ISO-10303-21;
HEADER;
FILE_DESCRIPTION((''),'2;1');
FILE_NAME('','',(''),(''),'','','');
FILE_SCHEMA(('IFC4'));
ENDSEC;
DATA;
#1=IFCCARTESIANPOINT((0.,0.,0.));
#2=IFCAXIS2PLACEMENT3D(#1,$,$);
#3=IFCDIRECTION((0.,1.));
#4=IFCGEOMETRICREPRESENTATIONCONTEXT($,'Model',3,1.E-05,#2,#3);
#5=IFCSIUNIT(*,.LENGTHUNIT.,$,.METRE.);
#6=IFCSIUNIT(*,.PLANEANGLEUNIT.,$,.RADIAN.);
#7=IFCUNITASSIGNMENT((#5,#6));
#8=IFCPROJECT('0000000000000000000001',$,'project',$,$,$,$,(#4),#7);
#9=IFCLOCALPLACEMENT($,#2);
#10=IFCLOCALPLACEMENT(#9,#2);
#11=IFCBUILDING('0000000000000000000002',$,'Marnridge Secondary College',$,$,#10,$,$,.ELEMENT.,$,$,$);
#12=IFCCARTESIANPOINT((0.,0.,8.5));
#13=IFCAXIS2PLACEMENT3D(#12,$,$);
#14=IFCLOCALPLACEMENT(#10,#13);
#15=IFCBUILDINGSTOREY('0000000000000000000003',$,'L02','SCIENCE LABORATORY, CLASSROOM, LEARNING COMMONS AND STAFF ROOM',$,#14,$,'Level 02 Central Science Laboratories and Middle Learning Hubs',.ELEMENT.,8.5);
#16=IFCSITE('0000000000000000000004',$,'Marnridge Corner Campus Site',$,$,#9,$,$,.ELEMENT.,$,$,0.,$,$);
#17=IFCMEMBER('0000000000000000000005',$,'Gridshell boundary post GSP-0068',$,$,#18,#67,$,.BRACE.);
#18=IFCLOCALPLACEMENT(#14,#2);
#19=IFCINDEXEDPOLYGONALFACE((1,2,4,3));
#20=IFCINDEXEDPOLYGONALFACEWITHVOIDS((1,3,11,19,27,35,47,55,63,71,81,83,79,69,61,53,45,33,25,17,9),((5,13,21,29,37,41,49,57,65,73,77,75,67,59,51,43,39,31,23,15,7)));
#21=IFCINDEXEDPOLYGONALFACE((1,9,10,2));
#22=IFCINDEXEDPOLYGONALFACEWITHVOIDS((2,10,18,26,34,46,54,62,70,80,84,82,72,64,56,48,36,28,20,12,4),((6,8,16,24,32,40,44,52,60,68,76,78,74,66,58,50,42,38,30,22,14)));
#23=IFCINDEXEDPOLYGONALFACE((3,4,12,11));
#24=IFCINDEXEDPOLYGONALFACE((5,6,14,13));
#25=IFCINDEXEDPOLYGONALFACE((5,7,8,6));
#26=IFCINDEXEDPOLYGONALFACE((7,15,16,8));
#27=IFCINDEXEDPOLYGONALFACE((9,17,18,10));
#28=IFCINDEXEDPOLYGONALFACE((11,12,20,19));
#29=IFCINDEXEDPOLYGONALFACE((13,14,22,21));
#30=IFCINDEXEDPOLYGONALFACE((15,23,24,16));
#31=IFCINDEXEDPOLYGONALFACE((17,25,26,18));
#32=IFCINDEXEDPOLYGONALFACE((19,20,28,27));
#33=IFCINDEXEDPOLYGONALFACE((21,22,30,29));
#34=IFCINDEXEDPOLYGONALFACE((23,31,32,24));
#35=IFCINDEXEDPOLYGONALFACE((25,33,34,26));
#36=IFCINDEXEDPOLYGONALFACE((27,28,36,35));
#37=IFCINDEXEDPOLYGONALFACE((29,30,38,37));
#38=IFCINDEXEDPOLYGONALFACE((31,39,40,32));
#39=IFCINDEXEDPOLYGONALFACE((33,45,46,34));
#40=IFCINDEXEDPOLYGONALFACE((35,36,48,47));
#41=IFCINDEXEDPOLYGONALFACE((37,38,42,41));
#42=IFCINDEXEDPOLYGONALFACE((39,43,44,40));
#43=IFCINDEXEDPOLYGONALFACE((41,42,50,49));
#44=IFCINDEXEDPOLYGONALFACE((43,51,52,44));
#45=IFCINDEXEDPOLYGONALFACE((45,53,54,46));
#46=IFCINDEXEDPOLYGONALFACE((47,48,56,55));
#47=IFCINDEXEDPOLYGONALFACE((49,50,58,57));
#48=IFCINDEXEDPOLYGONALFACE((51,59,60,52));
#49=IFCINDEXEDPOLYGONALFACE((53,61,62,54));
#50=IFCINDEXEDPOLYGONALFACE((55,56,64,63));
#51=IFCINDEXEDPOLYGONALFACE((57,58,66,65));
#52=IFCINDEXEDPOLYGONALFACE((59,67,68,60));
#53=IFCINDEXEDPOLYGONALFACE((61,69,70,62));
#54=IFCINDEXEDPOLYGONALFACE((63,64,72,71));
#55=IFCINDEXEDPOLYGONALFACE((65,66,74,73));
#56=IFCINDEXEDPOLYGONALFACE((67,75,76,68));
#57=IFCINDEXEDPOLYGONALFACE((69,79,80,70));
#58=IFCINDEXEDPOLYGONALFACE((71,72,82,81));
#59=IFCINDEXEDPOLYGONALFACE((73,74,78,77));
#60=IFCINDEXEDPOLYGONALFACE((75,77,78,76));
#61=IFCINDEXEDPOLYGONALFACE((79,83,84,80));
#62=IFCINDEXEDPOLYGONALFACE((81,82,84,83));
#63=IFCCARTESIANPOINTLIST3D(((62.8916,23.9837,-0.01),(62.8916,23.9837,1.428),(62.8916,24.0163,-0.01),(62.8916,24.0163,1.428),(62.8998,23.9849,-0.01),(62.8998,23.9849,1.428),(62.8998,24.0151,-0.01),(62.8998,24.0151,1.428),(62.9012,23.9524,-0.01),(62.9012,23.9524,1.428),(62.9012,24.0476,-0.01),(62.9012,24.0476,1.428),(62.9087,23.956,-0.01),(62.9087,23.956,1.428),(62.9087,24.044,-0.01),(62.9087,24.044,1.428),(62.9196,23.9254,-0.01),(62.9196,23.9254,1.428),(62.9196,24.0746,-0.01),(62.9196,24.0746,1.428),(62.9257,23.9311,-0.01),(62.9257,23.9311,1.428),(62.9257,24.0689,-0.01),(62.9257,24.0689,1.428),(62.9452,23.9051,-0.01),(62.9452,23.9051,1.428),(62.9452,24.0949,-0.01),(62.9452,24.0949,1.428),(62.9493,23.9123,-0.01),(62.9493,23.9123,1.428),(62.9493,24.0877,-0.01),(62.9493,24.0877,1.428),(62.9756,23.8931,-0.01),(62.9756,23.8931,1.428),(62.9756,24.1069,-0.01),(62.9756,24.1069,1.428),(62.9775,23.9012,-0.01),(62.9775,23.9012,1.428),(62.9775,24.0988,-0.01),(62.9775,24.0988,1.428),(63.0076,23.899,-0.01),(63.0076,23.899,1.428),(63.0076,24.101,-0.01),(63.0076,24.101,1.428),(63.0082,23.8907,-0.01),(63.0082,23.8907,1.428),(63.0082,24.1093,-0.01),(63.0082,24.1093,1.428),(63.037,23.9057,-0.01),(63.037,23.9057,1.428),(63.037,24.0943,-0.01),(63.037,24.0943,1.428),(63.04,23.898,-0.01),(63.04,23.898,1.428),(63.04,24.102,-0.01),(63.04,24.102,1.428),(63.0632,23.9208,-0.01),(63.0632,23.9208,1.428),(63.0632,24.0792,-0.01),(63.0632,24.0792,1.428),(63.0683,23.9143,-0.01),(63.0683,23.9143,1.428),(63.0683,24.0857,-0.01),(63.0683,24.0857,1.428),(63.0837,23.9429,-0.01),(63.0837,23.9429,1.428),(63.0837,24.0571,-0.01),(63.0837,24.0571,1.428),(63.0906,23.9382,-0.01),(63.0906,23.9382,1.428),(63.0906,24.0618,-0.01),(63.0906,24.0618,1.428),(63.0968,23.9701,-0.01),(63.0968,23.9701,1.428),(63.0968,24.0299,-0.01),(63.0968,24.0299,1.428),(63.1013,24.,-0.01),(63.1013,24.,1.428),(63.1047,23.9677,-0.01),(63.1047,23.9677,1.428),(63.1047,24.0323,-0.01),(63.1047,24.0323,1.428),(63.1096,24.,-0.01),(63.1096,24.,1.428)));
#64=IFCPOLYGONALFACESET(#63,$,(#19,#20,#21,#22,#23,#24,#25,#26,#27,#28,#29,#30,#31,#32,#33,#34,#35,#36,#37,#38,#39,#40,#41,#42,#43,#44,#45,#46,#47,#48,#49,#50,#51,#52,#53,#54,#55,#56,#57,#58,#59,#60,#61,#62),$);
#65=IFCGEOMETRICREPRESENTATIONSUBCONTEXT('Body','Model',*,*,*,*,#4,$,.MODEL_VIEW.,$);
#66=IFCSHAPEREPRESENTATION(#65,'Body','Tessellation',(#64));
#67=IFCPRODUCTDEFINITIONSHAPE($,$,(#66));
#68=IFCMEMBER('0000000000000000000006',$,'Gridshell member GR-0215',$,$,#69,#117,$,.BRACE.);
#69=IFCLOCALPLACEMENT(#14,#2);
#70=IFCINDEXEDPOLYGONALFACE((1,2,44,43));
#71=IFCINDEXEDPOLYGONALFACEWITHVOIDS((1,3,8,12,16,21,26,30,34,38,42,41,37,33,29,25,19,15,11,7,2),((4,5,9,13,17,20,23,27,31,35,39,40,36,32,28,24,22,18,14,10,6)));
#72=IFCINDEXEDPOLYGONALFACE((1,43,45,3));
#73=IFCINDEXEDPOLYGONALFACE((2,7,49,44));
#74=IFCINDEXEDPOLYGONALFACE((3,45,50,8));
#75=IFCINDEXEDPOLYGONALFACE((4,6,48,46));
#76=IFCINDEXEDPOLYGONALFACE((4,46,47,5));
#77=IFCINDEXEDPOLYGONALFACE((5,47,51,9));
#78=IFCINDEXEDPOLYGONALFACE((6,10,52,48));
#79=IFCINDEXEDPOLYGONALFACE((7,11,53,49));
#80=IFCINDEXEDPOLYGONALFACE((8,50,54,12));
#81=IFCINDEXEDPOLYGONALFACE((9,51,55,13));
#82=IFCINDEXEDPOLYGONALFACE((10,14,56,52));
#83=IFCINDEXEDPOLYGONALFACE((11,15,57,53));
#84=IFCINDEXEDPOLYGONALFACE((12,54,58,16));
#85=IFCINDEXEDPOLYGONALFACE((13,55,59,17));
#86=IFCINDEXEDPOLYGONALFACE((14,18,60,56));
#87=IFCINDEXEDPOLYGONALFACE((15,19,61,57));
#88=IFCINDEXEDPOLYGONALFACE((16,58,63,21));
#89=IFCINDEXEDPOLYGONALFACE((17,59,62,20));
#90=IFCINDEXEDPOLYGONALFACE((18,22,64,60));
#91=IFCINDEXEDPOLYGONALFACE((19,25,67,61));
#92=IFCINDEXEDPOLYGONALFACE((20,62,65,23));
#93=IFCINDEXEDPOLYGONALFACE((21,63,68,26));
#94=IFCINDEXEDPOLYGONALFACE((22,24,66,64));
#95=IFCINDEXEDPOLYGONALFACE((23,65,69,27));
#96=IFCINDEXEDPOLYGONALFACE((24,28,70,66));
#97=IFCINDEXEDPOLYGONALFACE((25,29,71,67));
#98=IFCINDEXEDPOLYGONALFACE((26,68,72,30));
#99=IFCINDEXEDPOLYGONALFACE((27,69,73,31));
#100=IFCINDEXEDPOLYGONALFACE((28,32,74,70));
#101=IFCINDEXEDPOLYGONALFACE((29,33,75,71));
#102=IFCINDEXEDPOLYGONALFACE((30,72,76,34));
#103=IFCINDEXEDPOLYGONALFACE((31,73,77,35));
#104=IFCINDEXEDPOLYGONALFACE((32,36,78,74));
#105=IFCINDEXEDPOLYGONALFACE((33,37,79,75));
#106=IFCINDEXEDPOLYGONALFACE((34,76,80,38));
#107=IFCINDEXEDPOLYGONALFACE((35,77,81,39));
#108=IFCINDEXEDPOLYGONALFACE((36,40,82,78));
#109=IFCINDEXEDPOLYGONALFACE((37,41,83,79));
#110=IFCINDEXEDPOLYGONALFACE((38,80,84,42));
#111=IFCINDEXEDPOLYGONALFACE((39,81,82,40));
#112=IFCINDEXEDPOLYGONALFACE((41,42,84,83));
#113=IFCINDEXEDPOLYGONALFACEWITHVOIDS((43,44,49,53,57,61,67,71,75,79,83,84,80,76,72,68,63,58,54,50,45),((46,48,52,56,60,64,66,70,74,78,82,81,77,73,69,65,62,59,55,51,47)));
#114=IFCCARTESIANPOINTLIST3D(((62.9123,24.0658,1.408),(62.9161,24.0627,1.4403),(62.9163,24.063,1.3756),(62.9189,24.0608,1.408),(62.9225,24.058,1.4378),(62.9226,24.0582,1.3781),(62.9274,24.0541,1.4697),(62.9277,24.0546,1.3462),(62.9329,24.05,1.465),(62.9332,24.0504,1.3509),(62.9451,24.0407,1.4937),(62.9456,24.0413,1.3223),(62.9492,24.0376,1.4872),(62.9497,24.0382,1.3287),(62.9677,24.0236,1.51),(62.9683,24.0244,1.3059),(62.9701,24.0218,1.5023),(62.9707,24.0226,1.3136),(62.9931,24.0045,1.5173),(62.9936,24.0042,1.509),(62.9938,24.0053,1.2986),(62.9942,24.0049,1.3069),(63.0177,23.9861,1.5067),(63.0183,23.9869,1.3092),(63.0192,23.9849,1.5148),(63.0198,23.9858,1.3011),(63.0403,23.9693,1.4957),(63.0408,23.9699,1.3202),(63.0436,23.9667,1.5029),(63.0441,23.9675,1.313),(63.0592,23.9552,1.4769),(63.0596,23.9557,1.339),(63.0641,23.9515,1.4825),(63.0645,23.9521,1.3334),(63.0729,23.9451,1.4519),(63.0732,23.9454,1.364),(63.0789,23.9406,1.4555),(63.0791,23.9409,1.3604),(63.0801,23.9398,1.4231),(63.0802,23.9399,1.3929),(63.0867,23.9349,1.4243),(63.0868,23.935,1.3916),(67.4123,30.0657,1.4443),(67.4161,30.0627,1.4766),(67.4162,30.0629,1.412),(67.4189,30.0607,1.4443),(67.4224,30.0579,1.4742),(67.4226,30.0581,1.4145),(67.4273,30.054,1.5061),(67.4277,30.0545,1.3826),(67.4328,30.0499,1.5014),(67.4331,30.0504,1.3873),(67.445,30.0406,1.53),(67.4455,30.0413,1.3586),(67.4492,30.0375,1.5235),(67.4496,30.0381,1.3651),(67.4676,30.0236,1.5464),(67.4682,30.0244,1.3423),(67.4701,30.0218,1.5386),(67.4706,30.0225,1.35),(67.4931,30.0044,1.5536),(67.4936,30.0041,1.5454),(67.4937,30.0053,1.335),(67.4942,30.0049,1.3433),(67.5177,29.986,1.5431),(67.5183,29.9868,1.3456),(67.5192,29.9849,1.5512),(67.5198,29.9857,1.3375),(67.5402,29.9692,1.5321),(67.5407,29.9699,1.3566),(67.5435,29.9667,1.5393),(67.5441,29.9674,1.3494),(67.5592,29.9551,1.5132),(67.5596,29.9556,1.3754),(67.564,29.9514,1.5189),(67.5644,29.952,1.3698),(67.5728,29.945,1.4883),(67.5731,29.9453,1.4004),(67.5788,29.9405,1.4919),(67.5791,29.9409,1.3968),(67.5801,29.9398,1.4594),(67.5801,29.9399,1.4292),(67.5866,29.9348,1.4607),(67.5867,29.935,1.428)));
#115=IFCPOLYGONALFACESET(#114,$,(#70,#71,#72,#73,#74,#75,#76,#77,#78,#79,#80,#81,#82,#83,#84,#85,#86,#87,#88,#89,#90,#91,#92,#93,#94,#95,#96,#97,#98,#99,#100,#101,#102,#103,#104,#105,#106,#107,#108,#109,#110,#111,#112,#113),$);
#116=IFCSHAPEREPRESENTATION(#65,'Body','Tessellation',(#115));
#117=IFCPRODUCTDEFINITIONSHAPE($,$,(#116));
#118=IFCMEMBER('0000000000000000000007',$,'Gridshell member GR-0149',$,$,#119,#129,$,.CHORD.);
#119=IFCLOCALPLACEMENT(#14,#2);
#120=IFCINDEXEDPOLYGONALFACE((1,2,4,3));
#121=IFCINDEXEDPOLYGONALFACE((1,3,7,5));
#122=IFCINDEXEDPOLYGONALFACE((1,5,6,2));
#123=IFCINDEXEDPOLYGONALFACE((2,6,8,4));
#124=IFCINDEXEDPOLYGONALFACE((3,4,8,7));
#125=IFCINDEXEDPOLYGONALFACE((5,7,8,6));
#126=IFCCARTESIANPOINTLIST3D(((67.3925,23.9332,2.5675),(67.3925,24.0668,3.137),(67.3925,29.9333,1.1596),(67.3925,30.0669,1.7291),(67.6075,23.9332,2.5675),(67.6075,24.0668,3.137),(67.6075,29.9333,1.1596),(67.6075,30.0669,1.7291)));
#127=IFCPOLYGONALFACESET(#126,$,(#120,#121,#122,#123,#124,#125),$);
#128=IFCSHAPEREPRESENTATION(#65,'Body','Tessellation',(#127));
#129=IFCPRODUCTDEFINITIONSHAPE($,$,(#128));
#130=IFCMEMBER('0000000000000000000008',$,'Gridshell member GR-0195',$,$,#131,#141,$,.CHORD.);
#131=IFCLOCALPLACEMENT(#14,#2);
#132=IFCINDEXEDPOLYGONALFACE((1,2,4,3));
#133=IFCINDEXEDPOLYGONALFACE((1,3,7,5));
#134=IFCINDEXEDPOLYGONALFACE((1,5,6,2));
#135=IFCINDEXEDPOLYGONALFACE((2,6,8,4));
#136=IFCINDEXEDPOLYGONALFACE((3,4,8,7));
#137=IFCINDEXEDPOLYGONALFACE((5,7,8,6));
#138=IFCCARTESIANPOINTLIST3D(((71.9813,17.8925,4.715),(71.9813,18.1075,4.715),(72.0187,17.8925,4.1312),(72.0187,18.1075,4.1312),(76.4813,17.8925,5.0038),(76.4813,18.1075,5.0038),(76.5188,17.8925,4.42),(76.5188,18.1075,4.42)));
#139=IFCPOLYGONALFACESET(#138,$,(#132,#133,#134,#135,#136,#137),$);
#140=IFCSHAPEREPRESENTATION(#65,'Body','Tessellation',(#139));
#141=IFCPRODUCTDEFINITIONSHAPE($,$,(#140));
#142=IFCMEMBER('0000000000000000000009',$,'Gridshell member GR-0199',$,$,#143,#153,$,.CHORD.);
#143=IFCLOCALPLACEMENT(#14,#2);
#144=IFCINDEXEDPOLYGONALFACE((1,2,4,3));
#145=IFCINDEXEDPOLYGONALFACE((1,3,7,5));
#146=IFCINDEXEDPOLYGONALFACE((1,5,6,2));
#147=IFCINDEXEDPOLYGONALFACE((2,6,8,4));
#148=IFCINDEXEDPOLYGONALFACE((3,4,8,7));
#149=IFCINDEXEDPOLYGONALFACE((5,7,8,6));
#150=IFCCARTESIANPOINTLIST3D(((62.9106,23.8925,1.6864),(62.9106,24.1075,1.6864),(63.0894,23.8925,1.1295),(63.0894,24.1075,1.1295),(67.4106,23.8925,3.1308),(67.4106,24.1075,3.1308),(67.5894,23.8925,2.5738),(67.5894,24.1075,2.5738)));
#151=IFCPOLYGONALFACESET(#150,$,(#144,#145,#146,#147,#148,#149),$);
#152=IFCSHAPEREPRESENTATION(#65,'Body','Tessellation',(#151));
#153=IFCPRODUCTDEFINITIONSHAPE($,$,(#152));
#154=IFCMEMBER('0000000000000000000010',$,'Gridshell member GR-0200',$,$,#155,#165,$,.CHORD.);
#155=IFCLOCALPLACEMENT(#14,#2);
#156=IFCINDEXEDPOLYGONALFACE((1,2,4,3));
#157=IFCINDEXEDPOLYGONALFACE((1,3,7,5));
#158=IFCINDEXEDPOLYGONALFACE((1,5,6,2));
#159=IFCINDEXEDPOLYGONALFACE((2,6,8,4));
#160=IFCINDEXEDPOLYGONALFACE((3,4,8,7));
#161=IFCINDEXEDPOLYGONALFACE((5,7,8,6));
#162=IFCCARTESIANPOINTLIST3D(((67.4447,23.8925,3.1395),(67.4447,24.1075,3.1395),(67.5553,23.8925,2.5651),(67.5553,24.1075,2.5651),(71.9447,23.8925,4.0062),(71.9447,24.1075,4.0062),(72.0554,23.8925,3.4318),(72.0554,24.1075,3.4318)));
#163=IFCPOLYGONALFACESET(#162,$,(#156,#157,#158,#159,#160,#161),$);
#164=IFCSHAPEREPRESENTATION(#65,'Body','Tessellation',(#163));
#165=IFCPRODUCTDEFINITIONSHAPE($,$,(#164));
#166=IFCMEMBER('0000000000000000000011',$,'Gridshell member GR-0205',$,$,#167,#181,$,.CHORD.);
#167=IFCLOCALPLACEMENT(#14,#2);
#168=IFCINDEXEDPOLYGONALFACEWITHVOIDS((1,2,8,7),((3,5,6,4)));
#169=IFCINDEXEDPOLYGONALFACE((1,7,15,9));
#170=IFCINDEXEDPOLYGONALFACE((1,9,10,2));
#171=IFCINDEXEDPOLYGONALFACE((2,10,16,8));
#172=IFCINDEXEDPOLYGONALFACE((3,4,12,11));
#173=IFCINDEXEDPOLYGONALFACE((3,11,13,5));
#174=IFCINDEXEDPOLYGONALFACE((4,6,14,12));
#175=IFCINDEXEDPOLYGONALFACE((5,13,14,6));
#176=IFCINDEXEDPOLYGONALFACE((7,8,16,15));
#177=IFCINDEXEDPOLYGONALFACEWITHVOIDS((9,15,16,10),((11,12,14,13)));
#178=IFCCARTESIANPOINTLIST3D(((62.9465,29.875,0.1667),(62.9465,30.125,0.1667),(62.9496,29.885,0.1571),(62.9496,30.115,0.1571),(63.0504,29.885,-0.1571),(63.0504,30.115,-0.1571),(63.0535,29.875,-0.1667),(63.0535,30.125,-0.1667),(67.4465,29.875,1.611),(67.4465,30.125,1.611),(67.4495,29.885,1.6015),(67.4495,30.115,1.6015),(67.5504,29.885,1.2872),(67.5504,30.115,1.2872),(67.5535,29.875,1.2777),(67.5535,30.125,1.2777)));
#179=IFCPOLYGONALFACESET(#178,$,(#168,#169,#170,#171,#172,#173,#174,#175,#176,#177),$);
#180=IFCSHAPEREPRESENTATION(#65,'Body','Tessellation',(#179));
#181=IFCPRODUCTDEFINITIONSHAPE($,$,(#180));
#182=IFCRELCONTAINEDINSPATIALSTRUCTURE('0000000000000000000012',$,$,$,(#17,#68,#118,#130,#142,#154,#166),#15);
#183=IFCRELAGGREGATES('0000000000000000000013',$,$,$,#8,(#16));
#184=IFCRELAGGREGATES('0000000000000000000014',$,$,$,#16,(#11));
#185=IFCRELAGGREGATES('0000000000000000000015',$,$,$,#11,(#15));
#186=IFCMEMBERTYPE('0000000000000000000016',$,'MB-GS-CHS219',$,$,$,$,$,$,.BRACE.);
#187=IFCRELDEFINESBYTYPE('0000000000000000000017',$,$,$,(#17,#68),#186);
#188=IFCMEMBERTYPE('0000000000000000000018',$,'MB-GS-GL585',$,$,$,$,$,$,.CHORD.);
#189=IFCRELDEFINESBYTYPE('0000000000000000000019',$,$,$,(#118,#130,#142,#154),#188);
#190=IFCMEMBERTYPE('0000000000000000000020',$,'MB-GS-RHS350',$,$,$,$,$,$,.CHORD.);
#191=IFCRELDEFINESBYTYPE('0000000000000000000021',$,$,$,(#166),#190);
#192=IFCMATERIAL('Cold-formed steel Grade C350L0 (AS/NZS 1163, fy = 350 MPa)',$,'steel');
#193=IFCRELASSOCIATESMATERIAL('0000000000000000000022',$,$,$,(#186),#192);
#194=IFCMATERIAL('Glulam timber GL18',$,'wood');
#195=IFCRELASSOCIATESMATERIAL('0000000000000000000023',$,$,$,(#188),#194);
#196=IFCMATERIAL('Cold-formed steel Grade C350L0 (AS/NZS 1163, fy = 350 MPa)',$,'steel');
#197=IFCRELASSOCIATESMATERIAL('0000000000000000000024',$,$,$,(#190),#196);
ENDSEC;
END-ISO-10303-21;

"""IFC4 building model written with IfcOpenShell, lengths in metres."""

from ifc_helpers import new_model, si_unit, direction, frame, origin, origin_2d, place, context, subcontext, project, spatial, rectangle, hollow_rectangle, hollow_circle, extrude, material, material_profile, profile_set, type_object, element, save


model = new_model("IFC4")

# Units and contexts
model_context = context("Model", 3, precision=1e-05, world=origin(), true_north=direction((0.0, 1.0)))
body_context = subcontext(model_context, "Body", "Model", "MODEL_VIEW")
ifc_project = project(units=[si_unit("LENGTHUNIT", "METRE"), si_unit("PLANEANGLEUNIT", "RADIAN")], contexts=[model_context])

# Site, building, storey
site_placement = place(None, origin())
site = spatial("IfcSite", under=ifc_project, at=site_placement, Name="Marnridge Corner Campus Site", CompositionType="ELEMENT", RefElevation=0.0)
building_placement = place(site_placement, origin())
building = spatial("IfcBuilding", under=site, at=building_placement, Name="Marnridge Secondary College", CompositionType="ELEMENT")
storey_placement = place(building_placement, frame((0.0, 0.0, 8.5)))
storey = spatial("IfcBuildingStorey", under=building, at=storey_placement, Name="L02", Description="SCIENCE LABORATORY, CLASSROOM, LEARNING COMMONS AND STAFF ROOM", LongName="Level 02 Central Science Laboratories and Middle Learning Hubs", CompositionType="ELEMENT", Elevation=8.5)

# Members
ifc_material_1 = material(Name="Cold-formed steel Grade C350L0 (AS/NZS 1163, fy = 350 MPa)", Category="steel")
ifc_material_profile_1 = material_profile(ifc_material_1, hollow_circle(Radius=0.1096, WallThickness=0.0083, at=origin_2d()), Name="219.1x8.2CHS")
ifc_profile_set_1 = profile_set([ifc_material_profile_1], Name="Cold-formed steel Grade C350L0 (AS/NZS 1163, fy = 350 MPa)")
member_type_1 = type_object("IfcMemberType", Name="MB-GS-CHS219", PredefinedType="BRACE", material=ifc_profile_set_1)
member_1_placement = place(storey_placement, frame((63.0, 24.0, -0.01), z_axis=(0.0, 0.0, 1.0), x_axis=(1.0, 0.0, 0.0)))
element("IfcMember", 1, at=member_1_placement, inside=storey, type_object=member_type_1, Name="Gridshell boundary post GSP-0068", PredefinedType="BRACE", context=body_context, shape_type="SweptSolid", body=[
    extrude(hollow_circle(Radius=0.1096, WallThickness=0.0083, at=origin_2d()), origin(), (0.0, 0.0, 1.0), 1.438),
])
member_2_placement = place(storey_placement, frame((63.0, 24.0, 1.408), z_axis=(0.599993, 0.799991, 0.00485), x_axis=(-0.8, 0.6, 0.0)))
element("IfcMember", 2, at=member_2_placement, inside=storey, type_object=member_type_1, Name="Gridshell member GR-0215", PredefinedType="BRACE", context=body_context, shape_type="SweptSolid", body=[
    extrude(hollow_circle(Radius=0.1096, WallThickness=0.0083, at=origin_2d()), origin(), (0.0, 0.0, 1.0), 7.5),
])
ifc_material_2 = material(Name="Glulam timber GL18", Category="wood")
ifc_material_profile_2 = material_profile(ifc_material_2, rectangle(XDim=0.2151, YDim=0.585, at=origin_2d()), Name="GL18 215x585")
ifc_profile_set_2 = profile_set([ifc_material_profile_2], Name="Glulam timber GL18")
member_type_2 = type_object("IfcMemberType", Name="MB-GS-GL585", PredefinedType="CHORD", material=ifc_profile_set_2)
member_3_placement = place(storey_placement, frame((67.5, 24.0, 2.8523), z_axis=(0.0, 0.973555, -0.228454), x_axis=(-1.0, 0.0, 0.0)))
element("IfcMember", 3, at=member_3_placement, inside=storey, type_object=member_type_2, Name="Gridshell member GR-0149", PredefinedType="CHORD", context=body_context, shape_type="SweptSolid", body=[
    extrude(rectangle(XDim=0.2151, YDim=0.585, at=origin_2d()), origin(), (0.0, 0.0, 1.0), 6.1631),
])
member_4_placement = place(storey_placement, frame((72.0, 18.0, 4.4231), z_axis=(0.997947, 0.0, 0.06405), x_axis=(0.0, 1.0, 0.0)))
element("IfcMember", 4, at=member_4_placement, inside=storey, type_object=member_type_2, Name="Gridshell member GR-0195", PredefinedType="CHORD", context=body_context, shape_type="SweptSolid", body=[
    extrude(rectangle(XDim=0.2151, YDim=0.585, at=origin_2d()), origin(), (0.0, 0.0, 1.0), 4.5093),
])
member_5_placement = place(storey_placement, frame((63.0, 24.0, 1.408), z_axis=(0.952157, 0.0, 0.305608), x_axis=(0.0, 1.0, 0.0)))
element("IfcMember", 5, at=member_5_placement, inside=storey, type_object=member_type_2, Name="Gridshell member GR-0199", PredefinedType="CHORD", context=body_context, shape_type="SweptSolid", body=[
    extrude(rectangle(XDim=0.2151, YDim=0.585, at=origin_2d()), origin(), (0.0, 0.0, 1.0), 4.7261),
])
member_6_placement = place(storey_placement, frame((67.5, 24.0, 2.8523), z_axis=(0.981953, 0.0, 0.189124), x_axis=(0.0, 1.0, 0.0)))
element("IfcMember", 6, at=member_6_placement, inside=storey, type_object=member_type_2, Name="Gridshell member GR-0200", PredefinedType="CHORD", context=body_context, shape_type="SweptSolid", body=[
    extrude(rectangle(XDim=0.2151, YDim=0.585, at=origin_2d()), origin(), (0.0, 0.0, 1.0), 4.5828),
])
ifc_material_3 = material(Name="Cold-formed steel Grade C350L0 (AS/NZS 1163, fy = 350 MPa)", Category="steel")
ifc_material_profile_3 = material_profile(ifc_material_3, hollow_rectangle(XDim=0.25, YDim=0.3501, WallThickness=0.01, at=origin_2d()), Name="350x250x10.0RHS")
ifc_profile_set_3 = profile_set([ifc_material_profile_3], Name="Cold-formed steel Grade C350L0 (AS/NZS 1163, fy = 350 MPa)")
member_type_3 = type_object("IfcMemberType", Name="MB-GS-RHS350", PredefinedType="CHORD", material=ifc_profile_set_3)
member_7_placement = place(storey_placement, frame((63.0, 30.0, 0.0), z_axis=(0.952157, 0.0, 0.305608), x_axis=(0.0, 1.0, 0.0)))
element("IfcMember", 7, at=member_7_placement, inside=storey, type_object=member_type_3, Name="Gridshell member GR-0205", PredefinedType="CHORD", context=body_context, shape_type="SweptSolid", body=[
    extrude(hollow_rectangle(XDim=0.25, YDim=0.3501, WallThickness=0.01, at=origin_2d()), origin(), (0.0, 0.0, 1.0), 4.7261),
])

save(model, "model.ifc")
